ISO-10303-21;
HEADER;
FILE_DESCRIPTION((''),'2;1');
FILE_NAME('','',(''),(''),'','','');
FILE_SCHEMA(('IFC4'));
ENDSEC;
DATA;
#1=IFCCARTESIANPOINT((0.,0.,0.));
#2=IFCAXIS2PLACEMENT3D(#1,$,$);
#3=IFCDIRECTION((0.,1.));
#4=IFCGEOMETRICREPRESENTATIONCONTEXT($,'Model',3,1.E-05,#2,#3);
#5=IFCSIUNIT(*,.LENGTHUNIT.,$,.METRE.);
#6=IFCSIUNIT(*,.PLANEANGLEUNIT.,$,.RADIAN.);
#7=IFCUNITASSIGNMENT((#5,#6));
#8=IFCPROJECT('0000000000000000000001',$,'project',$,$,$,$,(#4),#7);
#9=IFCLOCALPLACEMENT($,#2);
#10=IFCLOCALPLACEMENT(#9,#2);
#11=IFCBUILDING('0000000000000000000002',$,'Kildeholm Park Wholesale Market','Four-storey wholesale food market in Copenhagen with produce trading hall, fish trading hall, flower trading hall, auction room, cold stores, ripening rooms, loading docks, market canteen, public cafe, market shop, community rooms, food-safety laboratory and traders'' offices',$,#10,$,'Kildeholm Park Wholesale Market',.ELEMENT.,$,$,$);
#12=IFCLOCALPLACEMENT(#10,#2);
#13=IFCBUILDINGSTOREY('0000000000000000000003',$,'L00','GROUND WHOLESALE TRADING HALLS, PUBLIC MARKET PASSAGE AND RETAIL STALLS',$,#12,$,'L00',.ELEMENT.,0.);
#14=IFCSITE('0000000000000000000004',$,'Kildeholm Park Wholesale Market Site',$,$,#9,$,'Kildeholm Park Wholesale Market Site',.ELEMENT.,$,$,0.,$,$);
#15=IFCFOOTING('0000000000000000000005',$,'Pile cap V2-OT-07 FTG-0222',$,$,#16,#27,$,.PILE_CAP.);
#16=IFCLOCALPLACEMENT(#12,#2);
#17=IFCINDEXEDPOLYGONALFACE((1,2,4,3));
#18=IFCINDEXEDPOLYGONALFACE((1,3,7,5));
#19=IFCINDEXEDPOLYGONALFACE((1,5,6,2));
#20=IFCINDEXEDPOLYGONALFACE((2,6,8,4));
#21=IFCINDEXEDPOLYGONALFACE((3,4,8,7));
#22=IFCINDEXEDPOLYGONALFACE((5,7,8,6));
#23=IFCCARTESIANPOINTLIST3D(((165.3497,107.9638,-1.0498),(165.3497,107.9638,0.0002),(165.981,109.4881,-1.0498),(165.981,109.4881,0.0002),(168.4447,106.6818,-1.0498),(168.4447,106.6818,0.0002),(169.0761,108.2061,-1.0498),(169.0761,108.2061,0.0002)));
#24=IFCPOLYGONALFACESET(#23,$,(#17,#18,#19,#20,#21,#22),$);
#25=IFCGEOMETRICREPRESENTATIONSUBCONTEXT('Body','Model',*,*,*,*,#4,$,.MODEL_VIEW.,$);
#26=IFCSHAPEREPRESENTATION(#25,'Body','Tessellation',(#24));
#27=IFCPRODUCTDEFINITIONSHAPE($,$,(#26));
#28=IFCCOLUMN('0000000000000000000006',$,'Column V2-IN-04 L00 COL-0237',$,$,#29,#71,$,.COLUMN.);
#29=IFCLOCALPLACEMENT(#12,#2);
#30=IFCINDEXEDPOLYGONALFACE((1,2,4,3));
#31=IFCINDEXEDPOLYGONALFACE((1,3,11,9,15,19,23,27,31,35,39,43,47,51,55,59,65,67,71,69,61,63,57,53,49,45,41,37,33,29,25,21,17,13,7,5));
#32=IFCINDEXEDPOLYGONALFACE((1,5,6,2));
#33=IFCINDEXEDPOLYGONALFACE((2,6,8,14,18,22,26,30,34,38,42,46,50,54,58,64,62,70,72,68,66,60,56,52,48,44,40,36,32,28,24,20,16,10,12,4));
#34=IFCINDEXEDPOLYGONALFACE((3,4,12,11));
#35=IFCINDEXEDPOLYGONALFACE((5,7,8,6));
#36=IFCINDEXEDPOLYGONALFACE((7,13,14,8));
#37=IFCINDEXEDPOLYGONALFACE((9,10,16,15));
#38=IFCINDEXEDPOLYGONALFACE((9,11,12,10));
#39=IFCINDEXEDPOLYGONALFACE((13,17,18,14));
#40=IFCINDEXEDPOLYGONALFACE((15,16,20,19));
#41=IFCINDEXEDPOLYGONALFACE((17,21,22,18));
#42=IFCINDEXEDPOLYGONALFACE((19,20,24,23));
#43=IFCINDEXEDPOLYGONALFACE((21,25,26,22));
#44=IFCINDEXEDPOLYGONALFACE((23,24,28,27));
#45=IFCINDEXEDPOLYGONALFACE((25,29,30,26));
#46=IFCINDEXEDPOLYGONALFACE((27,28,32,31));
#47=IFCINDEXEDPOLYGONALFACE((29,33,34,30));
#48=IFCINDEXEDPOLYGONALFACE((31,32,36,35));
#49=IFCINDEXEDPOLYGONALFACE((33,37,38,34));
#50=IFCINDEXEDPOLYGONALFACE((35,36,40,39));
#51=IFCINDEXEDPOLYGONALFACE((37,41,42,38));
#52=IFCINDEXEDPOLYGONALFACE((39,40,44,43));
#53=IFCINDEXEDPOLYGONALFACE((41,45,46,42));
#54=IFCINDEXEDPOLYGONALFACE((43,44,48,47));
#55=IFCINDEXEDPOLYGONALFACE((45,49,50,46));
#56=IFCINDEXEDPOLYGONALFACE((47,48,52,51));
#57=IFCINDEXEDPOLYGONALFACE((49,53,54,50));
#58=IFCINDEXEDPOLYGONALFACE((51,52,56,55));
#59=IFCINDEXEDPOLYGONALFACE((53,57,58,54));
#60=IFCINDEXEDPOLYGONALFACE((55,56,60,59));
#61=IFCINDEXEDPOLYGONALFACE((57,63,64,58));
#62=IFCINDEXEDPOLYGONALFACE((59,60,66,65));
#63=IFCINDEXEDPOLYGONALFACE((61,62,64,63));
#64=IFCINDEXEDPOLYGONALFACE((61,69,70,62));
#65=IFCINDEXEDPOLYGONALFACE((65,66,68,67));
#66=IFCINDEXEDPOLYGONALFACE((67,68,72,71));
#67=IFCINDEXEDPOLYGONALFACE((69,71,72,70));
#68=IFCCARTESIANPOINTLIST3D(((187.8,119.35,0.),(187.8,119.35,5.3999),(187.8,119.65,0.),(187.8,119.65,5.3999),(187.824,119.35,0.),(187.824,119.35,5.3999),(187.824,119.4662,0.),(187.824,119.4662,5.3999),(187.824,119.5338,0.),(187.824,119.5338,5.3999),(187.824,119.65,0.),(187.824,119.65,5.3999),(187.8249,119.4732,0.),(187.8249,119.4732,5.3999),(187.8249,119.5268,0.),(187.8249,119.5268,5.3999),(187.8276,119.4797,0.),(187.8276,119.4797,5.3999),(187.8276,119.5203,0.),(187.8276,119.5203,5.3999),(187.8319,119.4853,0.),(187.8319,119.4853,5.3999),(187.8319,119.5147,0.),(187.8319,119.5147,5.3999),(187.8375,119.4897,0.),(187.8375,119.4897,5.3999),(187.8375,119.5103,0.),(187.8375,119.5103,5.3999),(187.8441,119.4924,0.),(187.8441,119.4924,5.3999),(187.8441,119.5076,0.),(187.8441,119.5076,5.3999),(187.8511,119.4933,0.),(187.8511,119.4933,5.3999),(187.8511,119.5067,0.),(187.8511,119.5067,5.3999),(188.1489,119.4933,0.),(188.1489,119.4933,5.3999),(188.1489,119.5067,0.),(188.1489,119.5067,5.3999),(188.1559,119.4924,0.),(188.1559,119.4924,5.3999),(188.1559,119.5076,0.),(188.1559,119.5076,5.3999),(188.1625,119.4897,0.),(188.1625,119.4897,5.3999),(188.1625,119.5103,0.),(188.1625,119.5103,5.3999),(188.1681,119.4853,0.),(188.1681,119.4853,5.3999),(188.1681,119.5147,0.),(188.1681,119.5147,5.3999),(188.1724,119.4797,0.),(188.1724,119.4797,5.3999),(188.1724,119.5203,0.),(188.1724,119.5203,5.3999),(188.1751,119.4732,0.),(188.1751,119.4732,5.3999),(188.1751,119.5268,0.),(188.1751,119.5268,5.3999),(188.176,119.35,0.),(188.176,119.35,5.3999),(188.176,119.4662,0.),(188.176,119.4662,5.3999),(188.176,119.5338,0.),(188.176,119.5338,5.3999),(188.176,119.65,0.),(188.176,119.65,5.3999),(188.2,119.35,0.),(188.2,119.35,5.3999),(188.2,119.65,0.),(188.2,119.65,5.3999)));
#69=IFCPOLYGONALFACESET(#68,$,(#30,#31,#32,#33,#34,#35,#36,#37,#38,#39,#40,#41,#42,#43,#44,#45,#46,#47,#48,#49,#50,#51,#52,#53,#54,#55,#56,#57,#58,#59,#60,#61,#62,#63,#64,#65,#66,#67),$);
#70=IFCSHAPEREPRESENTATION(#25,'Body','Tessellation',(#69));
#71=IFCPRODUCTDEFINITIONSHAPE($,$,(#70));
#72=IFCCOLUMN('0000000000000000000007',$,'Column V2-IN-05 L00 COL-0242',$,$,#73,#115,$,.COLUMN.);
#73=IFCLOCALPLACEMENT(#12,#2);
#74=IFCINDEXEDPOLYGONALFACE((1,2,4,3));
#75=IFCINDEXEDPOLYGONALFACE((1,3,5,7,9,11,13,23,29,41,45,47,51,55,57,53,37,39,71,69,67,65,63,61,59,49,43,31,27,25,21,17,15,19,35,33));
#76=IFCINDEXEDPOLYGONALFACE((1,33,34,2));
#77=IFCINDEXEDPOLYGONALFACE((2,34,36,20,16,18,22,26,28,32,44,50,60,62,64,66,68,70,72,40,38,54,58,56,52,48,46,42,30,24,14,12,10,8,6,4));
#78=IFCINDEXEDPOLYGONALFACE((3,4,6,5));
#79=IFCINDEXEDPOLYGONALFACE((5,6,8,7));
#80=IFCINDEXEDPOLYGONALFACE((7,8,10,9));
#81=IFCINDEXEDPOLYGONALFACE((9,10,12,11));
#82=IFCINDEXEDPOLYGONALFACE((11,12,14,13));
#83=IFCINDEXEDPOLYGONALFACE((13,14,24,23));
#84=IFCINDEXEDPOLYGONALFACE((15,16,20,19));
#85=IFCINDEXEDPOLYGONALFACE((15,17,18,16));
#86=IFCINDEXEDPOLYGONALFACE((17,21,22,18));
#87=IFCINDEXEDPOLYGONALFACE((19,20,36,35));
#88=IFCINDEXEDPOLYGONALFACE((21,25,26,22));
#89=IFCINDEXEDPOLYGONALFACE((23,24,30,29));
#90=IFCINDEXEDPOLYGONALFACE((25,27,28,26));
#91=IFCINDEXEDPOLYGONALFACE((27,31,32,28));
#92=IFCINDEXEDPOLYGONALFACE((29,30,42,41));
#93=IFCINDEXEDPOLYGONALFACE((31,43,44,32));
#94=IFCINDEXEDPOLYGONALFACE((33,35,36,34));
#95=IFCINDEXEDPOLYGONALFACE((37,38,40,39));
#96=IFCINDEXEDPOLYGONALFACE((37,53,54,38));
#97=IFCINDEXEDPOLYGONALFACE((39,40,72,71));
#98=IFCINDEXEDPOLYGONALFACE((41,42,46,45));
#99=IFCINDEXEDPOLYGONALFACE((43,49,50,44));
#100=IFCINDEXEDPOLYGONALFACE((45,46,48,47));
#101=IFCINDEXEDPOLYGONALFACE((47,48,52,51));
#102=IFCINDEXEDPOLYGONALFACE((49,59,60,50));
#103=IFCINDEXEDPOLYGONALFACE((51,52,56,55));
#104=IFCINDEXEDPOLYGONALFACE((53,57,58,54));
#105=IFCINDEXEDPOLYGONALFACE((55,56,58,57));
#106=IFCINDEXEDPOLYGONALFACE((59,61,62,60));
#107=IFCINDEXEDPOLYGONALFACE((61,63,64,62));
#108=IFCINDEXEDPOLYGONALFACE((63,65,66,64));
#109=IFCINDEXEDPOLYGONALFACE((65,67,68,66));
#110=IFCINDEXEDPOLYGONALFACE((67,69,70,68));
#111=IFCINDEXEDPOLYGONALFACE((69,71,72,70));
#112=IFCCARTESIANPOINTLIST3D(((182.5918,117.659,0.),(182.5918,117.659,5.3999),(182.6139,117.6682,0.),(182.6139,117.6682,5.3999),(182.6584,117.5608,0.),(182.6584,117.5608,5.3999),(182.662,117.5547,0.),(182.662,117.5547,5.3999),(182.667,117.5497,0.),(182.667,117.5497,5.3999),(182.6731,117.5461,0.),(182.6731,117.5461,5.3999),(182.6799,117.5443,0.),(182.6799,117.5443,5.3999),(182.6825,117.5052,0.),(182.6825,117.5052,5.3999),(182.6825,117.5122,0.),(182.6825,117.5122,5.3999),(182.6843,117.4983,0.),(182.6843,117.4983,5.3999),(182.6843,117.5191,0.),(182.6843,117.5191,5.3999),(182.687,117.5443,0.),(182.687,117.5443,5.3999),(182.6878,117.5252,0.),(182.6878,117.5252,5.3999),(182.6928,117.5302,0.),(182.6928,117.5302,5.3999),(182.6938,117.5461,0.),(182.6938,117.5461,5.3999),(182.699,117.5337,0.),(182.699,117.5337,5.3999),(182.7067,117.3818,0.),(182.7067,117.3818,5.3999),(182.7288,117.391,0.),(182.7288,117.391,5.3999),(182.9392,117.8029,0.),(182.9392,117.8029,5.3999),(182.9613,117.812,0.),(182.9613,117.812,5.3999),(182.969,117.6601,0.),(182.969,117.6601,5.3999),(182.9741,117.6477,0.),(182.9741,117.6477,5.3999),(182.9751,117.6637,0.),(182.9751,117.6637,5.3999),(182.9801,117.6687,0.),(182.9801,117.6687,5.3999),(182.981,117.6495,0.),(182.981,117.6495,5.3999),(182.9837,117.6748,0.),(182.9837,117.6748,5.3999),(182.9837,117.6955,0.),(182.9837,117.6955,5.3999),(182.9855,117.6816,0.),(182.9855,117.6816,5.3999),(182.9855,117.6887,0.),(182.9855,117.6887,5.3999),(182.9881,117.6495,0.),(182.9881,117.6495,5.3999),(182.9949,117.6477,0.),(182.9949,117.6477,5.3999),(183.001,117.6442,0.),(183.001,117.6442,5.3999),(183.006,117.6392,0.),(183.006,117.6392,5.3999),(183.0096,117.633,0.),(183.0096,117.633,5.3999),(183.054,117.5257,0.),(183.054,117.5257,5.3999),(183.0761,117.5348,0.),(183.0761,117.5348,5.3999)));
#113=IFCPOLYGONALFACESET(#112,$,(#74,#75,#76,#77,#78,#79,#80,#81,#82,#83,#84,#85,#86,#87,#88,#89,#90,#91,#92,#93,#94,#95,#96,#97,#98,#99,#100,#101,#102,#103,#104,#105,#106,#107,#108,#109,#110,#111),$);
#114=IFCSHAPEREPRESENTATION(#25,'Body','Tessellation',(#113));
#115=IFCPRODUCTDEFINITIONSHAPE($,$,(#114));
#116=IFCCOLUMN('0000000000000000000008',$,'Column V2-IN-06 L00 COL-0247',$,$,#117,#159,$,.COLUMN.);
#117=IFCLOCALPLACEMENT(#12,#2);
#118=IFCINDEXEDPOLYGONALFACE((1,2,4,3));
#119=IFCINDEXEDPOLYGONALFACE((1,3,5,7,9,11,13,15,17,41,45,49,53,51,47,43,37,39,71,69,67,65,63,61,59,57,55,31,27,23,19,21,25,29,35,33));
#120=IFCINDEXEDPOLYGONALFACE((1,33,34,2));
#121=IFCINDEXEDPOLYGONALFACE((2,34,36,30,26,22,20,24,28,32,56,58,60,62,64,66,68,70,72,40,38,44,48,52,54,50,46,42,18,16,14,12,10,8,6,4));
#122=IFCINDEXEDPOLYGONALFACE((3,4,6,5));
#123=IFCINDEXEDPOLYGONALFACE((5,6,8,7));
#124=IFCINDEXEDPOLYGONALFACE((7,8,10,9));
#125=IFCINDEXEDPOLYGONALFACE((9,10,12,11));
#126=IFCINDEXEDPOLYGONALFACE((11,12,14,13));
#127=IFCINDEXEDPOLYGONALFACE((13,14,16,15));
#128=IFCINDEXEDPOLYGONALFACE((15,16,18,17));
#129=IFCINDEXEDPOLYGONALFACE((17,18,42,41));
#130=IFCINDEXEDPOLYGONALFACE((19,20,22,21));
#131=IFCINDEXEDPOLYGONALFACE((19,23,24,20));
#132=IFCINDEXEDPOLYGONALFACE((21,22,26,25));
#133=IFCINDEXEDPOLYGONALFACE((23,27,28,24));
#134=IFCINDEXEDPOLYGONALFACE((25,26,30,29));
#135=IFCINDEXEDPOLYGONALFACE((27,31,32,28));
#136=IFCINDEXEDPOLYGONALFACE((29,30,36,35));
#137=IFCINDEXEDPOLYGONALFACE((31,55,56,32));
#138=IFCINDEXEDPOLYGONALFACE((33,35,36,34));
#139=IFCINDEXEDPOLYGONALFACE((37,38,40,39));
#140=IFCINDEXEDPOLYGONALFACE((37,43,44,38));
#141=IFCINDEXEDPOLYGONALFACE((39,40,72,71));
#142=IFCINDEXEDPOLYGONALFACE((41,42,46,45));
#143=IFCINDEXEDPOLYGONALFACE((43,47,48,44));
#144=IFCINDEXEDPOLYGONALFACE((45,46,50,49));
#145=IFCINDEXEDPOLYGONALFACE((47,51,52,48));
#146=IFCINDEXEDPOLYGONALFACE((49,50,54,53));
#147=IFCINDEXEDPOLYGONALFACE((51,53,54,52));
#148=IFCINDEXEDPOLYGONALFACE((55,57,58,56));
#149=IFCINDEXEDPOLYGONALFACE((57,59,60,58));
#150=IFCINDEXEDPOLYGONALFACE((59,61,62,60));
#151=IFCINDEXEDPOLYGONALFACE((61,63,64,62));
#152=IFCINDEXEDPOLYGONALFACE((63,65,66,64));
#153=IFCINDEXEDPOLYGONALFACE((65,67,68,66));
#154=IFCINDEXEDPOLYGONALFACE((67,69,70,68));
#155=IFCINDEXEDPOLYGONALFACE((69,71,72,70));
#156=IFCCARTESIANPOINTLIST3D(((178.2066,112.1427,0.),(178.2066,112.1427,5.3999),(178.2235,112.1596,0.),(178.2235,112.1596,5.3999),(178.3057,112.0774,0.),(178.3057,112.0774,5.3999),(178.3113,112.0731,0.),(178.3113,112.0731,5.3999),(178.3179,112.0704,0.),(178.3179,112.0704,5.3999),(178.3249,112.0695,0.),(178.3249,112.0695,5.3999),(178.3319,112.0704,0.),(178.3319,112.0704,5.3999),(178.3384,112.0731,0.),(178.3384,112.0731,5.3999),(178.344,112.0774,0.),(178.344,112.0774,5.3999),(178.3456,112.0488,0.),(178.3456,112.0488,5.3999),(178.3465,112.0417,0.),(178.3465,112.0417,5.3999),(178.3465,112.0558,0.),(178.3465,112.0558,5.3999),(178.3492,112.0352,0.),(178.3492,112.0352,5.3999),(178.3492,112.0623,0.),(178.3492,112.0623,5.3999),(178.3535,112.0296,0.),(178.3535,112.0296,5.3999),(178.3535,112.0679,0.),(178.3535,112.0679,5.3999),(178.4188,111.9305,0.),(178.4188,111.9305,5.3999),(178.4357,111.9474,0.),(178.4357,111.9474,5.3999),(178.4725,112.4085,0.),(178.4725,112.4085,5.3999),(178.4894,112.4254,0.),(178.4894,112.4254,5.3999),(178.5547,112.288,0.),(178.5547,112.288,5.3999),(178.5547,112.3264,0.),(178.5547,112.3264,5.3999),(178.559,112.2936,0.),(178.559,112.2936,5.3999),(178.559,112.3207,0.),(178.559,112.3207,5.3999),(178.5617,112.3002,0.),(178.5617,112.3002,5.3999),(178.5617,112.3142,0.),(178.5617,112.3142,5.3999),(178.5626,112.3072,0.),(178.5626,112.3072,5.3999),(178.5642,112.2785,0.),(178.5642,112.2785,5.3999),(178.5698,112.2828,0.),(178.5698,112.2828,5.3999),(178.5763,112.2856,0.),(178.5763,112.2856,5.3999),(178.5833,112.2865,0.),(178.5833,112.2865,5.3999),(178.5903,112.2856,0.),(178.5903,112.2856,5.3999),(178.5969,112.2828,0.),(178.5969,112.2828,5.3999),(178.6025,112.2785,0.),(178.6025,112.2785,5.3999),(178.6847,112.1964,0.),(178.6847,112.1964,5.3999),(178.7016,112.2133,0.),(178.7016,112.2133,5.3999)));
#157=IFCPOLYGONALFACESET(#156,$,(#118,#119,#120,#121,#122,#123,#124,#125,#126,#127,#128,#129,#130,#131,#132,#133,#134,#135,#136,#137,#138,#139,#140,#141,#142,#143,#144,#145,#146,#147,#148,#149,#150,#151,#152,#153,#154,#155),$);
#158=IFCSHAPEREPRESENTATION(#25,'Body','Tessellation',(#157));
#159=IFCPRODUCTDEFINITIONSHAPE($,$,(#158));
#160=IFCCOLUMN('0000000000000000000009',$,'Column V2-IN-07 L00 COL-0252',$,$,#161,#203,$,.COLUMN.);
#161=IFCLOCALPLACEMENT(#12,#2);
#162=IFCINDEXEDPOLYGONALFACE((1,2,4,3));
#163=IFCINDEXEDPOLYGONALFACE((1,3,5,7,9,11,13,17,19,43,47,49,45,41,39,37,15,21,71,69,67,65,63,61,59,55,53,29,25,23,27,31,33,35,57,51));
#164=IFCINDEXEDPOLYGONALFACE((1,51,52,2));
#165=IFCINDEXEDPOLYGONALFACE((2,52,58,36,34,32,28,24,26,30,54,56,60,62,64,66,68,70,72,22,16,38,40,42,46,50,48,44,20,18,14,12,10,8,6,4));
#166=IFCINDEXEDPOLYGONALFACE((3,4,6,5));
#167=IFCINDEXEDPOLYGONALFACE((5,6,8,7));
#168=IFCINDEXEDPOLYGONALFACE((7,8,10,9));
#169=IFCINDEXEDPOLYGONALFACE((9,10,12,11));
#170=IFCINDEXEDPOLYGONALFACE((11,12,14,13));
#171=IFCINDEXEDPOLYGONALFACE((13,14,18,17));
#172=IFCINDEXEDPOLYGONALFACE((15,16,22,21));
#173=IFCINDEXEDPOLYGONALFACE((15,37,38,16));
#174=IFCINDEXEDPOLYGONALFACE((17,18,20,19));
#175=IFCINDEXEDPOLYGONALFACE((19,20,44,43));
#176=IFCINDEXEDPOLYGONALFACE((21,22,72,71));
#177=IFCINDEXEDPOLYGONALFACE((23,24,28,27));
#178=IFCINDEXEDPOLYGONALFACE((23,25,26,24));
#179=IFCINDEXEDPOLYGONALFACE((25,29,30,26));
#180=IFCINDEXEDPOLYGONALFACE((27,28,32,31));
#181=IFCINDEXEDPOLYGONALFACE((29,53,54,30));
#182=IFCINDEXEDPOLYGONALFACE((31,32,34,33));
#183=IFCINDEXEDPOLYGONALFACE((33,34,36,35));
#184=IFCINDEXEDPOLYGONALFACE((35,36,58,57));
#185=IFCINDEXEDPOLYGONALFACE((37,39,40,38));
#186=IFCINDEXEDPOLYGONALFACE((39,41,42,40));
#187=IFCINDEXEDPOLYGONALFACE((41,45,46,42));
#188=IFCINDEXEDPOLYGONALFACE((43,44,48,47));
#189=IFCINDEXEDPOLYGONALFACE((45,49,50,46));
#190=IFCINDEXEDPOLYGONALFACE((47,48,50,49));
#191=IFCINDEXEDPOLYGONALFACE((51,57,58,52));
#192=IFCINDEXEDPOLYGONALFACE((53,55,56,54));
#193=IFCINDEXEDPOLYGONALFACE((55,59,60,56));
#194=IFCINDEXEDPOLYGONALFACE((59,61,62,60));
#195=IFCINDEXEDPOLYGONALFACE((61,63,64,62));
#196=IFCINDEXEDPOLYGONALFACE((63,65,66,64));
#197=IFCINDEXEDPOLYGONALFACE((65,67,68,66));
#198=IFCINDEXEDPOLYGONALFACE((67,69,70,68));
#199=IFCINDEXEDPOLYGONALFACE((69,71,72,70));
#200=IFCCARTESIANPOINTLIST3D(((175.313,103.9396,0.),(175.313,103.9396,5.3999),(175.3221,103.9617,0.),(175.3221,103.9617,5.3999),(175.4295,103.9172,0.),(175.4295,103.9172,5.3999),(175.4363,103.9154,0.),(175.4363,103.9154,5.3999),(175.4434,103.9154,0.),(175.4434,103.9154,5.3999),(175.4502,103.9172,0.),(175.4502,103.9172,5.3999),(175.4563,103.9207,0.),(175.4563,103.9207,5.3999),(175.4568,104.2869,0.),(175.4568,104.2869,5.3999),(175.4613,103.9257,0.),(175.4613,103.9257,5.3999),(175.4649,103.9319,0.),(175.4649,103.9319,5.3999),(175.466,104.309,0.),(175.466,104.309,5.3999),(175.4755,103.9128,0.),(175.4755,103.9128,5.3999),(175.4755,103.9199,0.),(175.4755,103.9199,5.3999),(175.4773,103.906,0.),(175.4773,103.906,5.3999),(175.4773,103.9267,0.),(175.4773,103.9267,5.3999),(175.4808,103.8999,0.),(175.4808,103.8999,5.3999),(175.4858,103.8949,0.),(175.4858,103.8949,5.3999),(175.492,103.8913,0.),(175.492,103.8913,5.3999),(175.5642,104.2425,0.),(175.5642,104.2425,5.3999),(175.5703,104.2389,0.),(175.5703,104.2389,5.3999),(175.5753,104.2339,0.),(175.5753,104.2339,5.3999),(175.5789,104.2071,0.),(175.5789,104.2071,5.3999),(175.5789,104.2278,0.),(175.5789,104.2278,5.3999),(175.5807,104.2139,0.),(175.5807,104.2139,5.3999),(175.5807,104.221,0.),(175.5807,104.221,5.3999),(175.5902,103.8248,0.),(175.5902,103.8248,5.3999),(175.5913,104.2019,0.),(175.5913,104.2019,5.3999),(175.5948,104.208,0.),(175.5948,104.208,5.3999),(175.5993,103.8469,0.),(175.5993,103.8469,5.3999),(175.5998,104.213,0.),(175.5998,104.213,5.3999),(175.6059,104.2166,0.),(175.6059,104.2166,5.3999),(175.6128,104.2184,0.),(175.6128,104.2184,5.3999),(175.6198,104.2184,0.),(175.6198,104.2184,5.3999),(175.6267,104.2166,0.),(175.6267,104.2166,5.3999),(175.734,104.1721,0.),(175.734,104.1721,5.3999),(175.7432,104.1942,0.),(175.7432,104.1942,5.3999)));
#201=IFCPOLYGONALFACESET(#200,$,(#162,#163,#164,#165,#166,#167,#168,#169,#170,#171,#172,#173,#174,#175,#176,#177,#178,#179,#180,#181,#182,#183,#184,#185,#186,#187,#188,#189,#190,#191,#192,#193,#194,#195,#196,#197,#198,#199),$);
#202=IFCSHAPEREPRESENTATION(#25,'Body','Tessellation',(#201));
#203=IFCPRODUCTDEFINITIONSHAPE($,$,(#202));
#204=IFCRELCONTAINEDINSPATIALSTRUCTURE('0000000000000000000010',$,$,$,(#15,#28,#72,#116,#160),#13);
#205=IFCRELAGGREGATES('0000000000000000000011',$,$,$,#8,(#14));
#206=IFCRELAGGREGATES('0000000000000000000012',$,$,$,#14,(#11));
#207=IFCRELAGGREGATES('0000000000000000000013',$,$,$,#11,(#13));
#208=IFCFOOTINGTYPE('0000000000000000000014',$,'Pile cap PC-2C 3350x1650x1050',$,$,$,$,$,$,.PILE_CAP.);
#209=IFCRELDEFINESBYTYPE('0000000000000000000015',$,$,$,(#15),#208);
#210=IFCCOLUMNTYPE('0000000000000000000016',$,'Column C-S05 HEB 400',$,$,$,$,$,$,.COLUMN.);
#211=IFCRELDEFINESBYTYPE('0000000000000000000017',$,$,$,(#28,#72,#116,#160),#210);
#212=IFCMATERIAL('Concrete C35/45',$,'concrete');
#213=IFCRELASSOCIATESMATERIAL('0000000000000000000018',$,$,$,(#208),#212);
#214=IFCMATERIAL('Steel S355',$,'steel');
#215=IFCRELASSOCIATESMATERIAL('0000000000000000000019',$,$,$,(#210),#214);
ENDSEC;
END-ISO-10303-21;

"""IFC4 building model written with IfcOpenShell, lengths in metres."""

from ifc_helpers import new_model, si_unit, direction, frame, origin, origin_2d, place, context, subcontext, project, spatial, rectangle, i_section, extrude, material, material_profile, profile_set, type_object, element, save


model = new_model("IFC4")

# Units and contexts
model_context = context("Model", 3, precision=1e-05, world=origin(), true_north=direction((0.0, 1.0)))
body_context = subcontext(model_context, "Body", "Model", "MODEL_VIEW")
ifc_project = project(units=[si_unit("LENGTHUNIT", "METRE"), si_unit("PLANEANGLEUNIT", "RADIAN")], contexts=[model_context])

# Site, building, storey
site_placement = place(None, origin())
site = spatial("IfcSite", under=ifc_project, at=site_placement, Name="Kildeholm Park Wholesale Market Site", LongName="Kildeholm Park Wholesale Market Site", CompositionType="ELEMENT", RefElevation=0.0)
building_placement = place(site_placement, origin())
building = spatial("IfcBuilding", under=site, at=building_placement, Name="Kildeholm Park Wholesale Market", Description="Four-storey wholesale food market in Copenhagen with produce trading hall, fish trading hall, flower trading hall, auction room, cold stores, ripening rooms, loading docks, market canteen, public cafe, market shop, community rooms, food-safety laboratory and traders' offices", LongName="Kildeholm Park Wholesale Market", CompositionType="ELEMENT")
storey_placement = place(building_placement, origin())
storey = spatial("IfcBuildingStorey", under=building, at=storey_placement, Name="L00", Description="GROUND WHOLESALE TRADING HALLS, PUBLIC MARKET PASSAGE AND RETAIL STALLS", LongName="L00", CompositionType="ELEMENT", Elevation=0.0)

# Shared definitions
ifc_material_1 = material(Name="Concrete C35/45", Category="concrete")

# Footing
footing_type_1 = type_object("IfcFootingType", Name="Pile cap PC-2C 3350x1650x1050", PredefinedType="PILE_CAP", material=ifc_material_1)
footing_1_placement = place(storey_placement, frame((167.2129, 108.085, -1.0498), z_axis=(0.0, 0.0, 1.0), x_axis=(-0.92388, 0.382683, 0.0)))
element("IfcFooting", 1, at=footing_1_placement, inside=storey, type_object=footing_type_1, Name="Pile cap V2-OT-07 FTG-0222", PredefinedType="PILE_CAP", context=body_context, shape_type="SweptSolid", body=[
    extrude(rectangle(XDim=3.3501, YDim=1.6499, at=origin_2d()), origin(), (0.0, 0.0, 1.0), 1.05),
])

# Columns
ifc_material_2 = material(Name="Steel S355", Category="steel")
ifc_material_profile_1 = material_profile(ifc_material_2, i_section(OverallWidth=0.3, OverallDepth=0.3999, WebThickness=0.0134, FlangeThickness=0.0239, FilletRadius=0.0271, at=origin_2d()), Name="HEB 400")
ifc_profile_set_1 = profile_set([ifc_material_profile_1], Name="Steel S355")
column_type = type_object("IfcColumnType", Name="Column C-S05 HEB 400", PredefinedType="COLUMN", material=ifc_profile_set_1)
for number, where, z_axis, x_axis, name in (
    (2, (188.0, 119.5, 0.0), (0.0, 0.0, 1.0), (0.0, 1.0, 0.0), "Column V2-IN-04 L00 COL-0237"),
    (3, (182.834, 117.5969, 0.0), (0.0, 0.0, 1.0), (-0.382683, 0.92388, 0.0), "Column V2-IN-05 L00 COL-0242"),
    (4, (178.4541, 112.178, 0.0), (0.0, 0.0, 1.0), (-0.707107, 0.707107, 0.0), "Column V2-IN-06 L00 COL-0247"),
    (5, (175.5281, 104.0669, 0.0), (0.0, 0.0, 1.0), (-0.92388, 0.382683, 0.0), "Column V2-IN-07 L00 COL-0252"),
):
    element("IfcColumn", number, at=place(storey_placement, frame(where, z_axis=z_axis, x_axis=x_axis)), inside=storey, type_object=column_type, Name=name, PredefinedType="COLUMN", context=body_context, shape_type="SweptSolid", body=[
        extrude(i_section(OverallWidth=0.3, OverallDepth=0.3999, WebThickness=0.0134, FlangeThickness=0.0239, FilletRadius=0.0271, at=origin_2d()), origin(), (0.0, 0.0, 1.0), 5.3999),
    ])

save(model, "model.ifc")
